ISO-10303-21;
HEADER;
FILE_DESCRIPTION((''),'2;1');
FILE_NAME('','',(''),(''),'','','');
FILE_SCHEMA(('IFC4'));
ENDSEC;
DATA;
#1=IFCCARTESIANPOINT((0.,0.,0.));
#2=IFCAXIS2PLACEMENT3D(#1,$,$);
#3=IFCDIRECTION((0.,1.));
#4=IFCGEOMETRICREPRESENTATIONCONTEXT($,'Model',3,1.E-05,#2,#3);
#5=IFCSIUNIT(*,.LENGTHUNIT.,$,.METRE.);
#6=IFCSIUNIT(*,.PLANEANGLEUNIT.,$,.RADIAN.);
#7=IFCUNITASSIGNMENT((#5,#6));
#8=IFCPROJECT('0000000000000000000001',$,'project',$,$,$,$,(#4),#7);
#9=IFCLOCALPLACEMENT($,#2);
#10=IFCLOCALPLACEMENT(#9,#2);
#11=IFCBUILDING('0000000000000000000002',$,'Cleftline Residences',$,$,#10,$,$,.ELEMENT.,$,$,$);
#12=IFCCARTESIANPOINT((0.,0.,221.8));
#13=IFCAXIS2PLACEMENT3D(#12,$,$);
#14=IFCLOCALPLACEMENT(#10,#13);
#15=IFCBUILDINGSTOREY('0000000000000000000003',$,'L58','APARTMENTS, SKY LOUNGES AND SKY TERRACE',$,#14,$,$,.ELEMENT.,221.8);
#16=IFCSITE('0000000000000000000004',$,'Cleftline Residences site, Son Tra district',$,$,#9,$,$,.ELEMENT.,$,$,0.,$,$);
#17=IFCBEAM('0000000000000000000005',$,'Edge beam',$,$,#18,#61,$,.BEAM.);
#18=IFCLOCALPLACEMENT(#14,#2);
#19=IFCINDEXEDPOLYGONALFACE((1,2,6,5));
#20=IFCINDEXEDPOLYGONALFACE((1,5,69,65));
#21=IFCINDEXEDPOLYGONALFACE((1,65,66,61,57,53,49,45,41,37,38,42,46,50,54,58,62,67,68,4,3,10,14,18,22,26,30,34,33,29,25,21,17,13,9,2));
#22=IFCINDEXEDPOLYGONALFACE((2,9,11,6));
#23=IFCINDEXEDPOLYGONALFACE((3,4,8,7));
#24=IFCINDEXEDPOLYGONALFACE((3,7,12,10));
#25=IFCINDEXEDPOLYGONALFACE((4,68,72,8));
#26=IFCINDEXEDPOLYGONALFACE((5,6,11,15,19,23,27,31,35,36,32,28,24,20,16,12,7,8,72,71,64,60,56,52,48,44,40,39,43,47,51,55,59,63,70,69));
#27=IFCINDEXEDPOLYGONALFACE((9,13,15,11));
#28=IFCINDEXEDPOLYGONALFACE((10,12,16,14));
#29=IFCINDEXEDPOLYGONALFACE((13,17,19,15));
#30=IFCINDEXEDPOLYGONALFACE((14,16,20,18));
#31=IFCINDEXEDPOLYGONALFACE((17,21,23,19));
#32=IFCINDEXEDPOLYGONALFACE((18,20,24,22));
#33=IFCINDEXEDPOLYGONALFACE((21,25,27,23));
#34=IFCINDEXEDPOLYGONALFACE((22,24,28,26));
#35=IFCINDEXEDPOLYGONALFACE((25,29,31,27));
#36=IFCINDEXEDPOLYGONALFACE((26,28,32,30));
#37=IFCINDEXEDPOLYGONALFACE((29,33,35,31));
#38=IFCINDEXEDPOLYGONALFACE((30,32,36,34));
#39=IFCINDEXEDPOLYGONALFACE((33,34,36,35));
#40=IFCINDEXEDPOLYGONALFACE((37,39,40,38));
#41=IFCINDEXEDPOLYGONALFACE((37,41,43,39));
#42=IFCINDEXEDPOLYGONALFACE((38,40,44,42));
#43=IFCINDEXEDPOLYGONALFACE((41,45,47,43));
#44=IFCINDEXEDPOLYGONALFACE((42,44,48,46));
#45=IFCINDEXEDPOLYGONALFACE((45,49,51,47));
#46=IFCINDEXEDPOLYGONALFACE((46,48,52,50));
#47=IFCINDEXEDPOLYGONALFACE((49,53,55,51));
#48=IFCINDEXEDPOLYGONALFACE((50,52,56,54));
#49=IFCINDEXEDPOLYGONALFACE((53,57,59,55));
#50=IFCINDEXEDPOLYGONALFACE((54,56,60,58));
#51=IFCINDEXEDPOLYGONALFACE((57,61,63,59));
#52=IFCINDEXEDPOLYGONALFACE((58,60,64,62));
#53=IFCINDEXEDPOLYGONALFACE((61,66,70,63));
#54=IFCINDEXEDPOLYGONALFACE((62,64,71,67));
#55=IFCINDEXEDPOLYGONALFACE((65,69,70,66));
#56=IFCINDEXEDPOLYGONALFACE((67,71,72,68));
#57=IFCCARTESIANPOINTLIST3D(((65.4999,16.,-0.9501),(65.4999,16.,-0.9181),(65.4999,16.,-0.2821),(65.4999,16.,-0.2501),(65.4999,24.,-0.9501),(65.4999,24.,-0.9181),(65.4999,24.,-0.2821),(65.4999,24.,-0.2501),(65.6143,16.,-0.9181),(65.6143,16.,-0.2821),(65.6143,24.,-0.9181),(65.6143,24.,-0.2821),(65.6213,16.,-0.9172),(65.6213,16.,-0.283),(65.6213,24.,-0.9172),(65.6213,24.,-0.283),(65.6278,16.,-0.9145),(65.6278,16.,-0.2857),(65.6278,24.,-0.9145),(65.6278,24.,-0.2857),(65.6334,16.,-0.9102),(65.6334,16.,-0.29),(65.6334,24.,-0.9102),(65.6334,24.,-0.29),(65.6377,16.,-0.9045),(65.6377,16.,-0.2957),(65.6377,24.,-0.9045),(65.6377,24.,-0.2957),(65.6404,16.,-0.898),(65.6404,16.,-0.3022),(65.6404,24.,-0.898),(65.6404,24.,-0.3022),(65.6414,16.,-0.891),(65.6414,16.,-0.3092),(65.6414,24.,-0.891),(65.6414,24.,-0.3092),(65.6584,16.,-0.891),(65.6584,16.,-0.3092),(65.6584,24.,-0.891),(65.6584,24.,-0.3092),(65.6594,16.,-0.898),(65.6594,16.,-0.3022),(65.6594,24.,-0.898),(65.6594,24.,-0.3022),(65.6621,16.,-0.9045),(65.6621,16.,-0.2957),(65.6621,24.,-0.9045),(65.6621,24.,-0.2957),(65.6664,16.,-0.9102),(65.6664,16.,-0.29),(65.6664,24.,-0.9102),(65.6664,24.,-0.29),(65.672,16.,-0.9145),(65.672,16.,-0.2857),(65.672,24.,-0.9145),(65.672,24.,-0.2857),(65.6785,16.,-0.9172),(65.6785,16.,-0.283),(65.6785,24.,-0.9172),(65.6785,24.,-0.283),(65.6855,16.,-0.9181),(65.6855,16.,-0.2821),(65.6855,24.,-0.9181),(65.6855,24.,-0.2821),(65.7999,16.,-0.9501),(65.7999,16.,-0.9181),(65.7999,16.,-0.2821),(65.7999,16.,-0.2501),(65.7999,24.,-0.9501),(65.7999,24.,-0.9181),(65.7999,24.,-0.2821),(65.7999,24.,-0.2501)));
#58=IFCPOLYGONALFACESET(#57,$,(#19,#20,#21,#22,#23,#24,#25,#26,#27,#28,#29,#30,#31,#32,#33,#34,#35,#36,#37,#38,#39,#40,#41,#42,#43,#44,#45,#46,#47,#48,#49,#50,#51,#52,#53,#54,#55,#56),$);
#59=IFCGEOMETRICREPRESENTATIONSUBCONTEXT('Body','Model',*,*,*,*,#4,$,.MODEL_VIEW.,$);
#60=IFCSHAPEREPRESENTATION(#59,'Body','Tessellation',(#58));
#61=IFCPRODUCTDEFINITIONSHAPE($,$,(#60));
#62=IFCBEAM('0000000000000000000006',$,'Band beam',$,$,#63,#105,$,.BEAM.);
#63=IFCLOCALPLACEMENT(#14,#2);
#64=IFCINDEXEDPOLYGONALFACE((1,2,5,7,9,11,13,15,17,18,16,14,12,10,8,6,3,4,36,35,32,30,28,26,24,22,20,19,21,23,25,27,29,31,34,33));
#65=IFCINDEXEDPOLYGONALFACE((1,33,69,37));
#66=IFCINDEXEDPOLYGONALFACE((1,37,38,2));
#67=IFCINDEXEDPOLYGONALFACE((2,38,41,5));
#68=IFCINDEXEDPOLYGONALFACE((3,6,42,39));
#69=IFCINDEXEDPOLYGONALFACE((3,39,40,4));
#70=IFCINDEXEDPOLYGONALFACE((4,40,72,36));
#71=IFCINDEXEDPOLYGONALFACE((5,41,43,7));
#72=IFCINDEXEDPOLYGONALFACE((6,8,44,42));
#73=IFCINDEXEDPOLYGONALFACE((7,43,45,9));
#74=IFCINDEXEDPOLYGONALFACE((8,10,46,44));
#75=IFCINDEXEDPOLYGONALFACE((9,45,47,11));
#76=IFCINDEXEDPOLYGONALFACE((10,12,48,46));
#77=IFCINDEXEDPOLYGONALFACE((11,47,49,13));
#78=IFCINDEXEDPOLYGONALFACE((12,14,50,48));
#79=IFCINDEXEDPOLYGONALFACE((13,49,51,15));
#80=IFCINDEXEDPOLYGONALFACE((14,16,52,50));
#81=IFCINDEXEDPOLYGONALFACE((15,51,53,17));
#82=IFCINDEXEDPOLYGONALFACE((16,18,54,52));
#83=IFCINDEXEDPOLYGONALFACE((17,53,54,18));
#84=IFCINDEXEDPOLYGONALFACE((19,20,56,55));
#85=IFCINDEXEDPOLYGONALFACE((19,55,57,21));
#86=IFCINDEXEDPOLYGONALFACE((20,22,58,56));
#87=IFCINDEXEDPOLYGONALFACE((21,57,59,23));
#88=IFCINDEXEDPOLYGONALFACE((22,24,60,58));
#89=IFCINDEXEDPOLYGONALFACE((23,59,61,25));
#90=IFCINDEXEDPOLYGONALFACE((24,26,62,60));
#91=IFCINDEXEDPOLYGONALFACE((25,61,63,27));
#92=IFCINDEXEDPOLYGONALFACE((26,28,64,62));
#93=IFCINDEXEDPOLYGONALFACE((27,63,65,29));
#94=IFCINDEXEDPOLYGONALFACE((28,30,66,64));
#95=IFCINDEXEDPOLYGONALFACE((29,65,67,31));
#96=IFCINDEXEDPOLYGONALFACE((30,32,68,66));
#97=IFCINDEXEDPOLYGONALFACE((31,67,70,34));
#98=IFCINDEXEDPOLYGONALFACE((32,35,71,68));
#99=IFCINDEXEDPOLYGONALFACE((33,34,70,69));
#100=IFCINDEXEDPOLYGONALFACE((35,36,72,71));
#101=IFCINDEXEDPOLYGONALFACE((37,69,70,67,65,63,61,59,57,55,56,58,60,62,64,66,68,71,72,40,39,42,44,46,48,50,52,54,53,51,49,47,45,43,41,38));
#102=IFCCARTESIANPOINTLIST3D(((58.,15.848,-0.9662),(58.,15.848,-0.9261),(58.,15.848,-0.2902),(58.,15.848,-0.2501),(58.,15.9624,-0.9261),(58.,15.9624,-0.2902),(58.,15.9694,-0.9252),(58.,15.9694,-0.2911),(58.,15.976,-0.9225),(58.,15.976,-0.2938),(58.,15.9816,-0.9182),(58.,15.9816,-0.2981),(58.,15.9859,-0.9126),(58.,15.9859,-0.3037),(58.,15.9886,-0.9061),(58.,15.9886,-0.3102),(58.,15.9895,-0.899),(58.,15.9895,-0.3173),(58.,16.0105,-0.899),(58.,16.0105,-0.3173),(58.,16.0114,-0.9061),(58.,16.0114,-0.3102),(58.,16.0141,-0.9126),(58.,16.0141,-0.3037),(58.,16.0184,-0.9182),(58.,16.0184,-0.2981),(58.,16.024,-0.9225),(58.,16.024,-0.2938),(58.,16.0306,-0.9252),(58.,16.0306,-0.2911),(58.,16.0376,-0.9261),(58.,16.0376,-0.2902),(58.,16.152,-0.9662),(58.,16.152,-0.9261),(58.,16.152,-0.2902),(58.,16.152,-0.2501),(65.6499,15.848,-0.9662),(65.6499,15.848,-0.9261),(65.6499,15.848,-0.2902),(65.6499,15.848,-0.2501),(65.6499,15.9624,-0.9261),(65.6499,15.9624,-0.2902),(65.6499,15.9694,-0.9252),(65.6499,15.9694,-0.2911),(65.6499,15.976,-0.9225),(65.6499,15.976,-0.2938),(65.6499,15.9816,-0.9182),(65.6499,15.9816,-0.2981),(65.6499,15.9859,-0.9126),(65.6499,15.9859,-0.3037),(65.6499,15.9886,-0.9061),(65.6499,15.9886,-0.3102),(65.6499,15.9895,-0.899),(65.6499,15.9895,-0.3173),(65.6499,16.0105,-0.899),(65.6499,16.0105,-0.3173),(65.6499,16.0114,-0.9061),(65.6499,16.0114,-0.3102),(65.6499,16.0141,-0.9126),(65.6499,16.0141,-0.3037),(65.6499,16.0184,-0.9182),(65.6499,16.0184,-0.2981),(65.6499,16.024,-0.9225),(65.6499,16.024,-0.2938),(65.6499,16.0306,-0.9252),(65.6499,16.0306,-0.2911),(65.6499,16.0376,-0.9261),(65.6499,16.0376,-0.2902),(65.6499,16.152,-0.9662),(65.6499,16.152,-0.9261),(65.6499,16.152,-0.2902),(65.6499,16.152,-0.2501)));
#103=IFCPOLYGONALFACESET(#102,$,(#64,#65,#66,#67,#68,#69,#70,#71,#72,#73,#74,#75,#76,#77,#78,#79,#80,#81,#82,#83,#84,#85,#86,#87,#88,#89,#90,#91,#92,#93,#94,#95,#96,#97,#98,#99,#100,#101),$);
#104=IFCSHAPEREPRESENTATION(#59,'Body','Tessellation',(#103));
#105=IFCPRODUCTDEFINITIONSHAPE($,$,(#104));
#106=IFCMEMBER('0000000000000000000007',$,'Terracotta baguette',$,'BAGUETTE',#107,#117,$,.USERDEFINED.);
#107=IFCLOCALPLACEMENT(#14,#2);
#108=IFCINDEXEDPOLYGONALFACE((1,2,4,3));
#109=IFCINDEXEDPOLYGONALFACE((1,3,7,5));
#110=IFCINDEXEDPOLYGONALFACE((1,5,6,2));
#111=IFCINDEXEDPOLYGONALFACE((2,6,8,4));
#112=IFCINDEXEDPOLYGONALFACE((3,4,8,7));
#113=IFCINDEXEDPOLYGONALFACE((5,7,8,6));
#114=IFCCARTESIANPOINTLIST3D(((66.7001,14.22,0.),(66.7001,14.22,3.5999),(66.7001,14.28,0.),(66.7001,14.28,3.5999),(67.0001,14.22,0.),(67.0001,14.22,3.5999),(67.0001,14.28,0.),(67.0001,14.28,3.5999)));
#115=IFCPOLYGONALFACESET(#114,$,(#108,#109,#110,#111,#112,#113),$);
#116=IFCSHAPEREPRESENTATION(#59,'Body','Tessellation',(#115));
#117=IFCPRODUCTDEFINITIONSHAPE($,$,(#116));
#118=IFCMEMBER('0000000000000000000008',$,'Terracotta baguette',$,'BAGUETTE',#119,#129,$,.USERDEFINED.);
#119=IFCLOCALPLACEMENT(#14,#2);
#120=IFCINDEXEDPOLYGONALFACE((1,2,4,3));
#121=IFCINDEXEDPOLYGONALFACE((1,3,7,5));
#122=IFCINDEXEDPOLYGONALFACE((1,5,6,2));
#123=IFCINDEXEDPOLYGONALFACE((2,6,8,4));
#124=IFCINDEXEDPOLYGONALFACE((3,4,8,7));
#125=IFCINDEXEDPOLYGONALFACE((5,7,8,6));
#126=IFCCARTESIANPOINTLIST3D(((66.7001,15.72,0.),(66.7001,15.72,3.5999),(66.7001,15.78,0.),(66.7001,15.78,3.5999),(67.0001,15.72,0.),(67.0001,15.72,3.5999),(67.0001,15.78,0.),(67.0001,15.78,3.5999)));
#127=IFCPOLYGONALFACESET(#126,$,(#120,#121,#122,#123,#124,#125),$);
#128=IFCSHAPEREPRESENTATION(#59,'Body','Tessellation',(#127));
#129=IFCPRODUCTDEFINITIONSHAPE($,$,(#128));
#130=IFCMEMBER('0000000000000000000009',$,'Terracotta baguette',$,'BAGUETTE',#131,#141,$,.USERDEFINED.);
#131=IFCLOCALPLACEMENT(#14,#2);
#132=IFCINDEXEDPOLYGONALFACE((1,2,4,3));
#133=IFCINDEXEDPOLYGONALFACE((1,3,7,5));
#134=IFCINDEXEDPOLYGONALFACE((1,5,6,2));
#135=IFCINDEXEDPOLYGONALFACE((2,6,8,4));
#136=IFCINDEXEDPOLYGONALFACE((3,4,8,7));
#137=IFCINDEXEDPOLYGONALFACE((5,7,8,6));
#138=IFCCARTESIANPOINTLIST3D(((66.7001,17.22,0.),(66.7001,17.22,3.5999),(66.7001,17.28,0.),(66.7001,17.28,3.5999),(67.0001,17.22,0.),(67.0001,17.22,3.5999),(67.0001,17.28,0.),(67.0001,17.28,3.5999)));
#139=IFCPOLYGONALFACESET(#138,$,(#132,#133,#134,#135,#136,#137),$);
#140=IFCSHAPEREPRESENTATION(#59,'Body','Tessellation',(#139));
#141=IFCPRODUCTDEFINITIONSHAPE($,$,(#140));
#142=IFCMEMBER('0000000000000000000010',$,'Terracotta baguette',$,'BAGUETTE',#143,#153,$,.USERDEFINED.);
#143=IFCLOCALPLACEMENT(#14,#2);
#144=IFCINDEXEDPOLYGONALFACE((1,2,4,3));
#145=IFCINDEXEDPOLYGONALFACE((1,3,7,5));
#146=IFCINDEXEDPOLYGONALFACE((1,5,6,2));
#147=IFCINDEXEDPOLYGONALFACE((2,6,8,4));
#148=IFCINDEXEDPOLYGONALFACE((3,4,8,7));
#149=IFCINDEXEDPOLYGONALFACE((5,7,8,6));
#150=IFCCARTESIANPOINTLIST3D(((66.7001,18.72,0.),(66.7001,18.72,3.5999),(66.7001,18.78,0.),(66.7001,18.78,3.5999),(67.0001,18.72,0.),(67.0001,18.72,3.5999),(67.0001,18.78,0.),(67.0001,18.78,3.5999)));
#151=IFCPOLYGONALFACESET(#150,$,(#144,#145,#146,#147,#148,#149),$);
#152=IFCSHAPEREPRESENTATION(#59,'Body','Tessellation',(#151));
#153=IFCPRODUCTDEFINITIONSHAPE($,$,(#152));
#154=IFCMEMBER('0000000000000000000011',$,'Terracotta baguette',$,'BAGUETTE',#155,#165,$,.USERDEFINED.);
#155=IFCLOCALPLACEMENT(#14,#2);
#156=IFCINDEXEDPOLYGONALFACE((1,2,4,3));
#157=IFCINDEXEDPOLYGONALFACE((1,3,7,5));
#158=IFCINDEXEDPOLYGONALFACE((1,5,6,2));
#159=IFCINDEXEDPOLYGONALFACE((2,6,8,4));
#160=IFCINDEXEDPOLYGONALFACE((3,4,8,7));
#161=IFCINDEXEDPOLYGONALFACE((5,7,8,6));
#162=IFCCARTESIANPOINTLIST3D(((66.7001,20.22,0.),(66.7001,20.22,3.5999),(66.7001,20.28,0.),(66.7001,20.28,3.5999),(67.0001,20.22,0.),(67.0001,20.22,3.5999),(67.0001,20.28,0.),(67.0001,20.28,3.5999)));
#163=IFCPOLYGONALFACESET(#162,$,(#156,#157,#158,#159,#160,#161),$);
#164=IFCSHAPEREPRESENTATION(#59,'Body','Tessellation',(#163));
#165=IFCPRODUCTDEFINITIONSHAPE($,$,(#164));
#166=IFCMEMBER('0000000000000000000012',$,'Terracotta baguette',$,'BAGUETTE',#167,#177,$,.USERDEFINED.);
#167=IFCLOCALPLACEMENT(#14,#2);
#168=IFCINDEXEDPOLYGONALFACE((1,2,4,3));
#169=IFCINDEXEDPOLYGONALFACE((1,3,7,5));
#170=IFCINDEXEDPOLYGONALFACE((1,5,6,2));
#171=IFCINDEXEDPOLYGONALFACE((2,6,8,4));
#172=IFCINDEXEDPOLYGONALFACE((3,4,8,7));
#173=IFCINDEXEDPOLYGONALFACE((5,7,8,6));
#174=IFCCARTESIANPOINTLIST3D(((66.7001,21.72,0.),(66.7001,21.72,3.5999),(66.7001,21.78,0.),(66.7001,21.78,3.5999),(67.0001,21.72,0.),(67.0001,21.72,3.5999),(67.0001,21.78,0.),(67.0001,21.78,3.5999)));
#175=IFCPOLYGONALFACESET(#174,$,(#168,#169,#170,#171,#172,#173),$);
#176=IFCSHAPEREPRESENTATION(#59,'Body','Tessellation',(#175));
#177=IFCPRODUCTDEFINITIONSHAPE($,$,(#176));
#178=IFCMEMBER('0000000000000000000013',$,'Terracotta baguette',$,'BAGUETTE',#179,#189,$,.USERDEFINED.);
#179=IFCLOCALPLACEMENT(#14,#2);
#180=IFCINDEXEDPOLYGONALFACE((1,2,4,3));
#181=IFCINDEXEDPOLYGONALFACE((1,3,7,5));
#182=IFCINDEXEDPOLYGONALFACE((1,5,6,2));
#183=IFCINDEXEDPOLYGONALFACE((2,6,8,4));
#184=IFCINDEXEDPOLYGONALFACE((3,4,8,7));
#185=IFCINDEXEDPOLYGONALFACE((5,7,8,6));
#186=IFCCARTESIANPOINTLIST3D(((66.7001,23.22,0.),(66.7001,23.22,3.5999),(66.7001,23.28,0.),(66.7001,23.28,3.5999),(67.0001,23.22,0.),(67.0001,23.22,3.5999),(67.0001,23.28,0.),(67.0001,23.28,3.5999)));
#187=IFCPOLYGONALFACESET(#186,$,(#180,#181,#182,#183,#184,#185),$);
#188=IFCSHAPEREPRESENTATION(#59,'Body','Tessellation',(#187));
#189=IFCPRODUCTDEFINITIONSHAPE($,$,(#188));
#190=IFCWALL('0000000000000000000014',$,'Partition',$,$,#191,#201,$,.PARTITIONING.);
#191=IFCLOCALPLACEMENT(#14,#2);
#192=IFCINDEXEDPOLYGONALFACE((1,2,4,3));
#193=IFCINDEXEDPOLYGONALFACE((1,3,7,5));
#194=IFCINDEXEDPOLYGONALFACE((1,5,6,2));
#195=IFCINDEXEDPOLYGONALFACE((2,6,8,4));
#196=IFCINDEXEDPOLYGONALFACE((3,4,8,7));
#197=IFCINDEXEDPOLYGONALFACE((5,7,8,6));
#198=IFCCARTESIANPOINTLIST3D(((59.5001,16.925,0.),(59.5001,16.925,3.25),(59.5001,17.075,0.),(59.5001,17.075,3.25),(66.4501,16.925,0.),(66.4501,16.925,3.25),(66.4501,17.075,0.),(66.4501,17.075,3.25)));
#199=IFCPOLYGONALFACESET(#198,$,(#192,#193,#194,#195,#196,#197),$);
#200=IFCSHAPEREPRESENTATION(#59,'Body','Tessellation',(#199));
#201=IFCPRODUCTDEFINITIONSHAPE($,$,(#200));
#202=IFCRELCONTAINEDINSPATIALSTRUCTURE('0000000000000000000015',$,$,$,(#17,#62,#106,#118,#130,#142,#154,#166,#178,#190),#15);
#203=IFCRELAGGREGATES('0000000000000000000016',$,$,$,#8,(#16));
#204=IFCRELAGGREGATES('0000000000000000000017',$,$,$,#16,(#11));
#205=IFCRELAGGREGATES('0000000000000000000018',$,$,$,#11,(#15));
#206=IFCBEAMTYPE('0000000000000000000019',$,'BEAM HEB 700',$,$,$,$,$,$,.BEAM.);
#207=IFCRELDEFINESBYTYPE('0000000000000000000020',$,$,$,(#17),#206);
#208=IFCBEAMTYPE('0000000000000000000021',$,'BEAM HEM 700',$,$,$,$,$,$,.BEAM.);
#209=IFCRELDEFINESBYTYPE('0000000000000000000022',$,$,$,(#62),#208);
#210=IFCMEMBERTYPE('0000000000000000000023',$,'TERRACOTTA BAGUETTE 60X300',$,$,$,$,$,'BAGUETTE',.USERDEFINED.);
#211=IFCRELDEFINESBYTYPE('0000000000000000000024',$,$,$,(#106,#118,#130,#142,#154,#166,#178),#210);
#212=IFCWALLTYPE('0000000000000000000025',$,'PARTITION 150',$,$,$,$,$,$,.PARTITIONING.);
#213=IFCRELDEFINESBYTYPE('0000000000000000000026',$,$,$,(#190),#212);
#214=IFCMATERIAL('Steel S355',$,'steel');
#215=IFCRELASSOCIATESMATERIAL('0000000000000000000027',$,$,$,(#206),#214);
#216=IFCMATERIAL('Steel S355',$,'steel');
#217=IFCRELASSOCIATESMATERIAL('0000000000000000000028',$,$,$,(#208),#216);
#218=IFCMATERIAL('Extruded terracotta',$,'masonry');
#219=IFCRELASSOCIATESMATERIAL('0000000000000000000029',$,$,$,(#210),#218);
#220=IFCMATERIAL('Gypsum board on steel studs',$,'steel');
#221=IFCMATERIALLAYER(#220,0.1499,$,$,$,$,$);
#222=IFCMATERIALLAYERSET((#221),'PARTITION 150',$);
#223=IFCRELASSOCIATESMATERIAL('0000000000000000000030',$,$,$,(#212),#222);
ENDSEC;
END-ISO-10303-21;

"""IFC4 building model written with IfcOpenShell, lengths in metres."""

from ifc_helpers import new_model, si_unit, direction, frame, frame_2d, origin, origin_2d, place, context, subcontext, project, spatial, rectangle, i_section, extrude, material, layer, layer_set, material_profile, profile_set, type_object, element, save


model = new_model("IFC4")

# Units and contexts
model_context = context("Model", 3, precision=1e-05, world=origin(), true_north=direction((0.0, 1.0)))
body_context = subcontext(model_context, "Body", "Model", "MODEL_VIEW")
ifc_project = project(units=[si_unit("LENGTHUNIT", "METRE"), si_unit("PLANEANGLEUNIT", "RADIAN")], contexts=[model_context])

# Site, building, storey
site_placement = place(None, origin())
site = spatial("IfcSite", under=ifc_project, at=site_placement, Name="Cleftline Residences site, Son Tra district", CompositionType="ELEMENT", RefElevation=0.0)
building_placement = place(site_placement, origin())
building = spatial("IfcBuilding", under=site, at=building_placement, Name="Cleftline Residences", CompositionType="ELEMENT")
storey_placement = place(building_placement, frame((0.0, 0.0, 221.8)))
storey = spatial("IfcBuildingStorey", under=building, at=storey_placement, Name="L58", Description="APARTMENTS, SKY LOUNGES AND SKY TERRACE", CompositionType="ELEMENT", Elevation=221.8)

# Beams
ifc_material_1 = material(Name="Steel S355", Category="steel")
ifc_material_profile_1 = material_profile(ifc_material_1, i_section(OverallWidth=0.3, OverallDepth=0.7, WebThickness=0.0171, FlangeThickness=0.032, FilletRadius=0.0271, at=origin_2d()))
ifc_profile_set_1 = profile_set([ifc_material_profile_1], Name="Steel S355")
beam_type_1 = type_object("IfcBeamType", Name="BEAM HEB 700", PredefinedType="BEAM", material=ifc_profile_set_1)
beam_1_placement = place(storey_placement, frame((65.6499, 16.0, -0.6001), z_axis=(0.0, 1.0, 0.0), x_axis=(-1.0, 0.0, 0.0)))
element("IfcBeam", 1, at=beam_1_placement, inside=storey, type_object=beam_type_1, Name="Edge beam", PredefinedType="BEAM", context=body_context, shape_type="SweptSolid", body=[
    extrude(i_section(OverallWidth=0.3, OverallDepth=0.7, WebThickness=0.0171, FlangeThickness=0.032, FilletRadius=0.0271, at=origin_2d()), origin(), (0.0, 0.0, 1.0), 8.0),
])
ifc_material_2 = material(Name="Steel S355", Category="steel")
ifc_material_profile_2 = material_profile(ifc_material_2, i_section(OverallWidth=0.304, OverallDepth=0.7161, WebThickness=0.021, FlangeThickness=0.04, FilletRadius=0.0271, at=origin_2d()))
ifc_profile_set_2 = profile_set([ifc_material_profile_2], Name="Steel S355")
beam_type_2 = type_object("IfcBeamType", Name="BEAM HEM 700", PredefinedType="BEAM", material=ifc_profile_set_2)
beam_2_placement = place(storey_placement, frame((65.6499, 16.0, -0.6082), z_axis=(-1.0, 0.0, 0.0), x_axis=(0.0, -1.0, 0.0)))
element("IfcBeam", 2, at=beam_2_placement, inside=storey, type_object=beam_type_2, Name="Band beam", PredefinedType="BEAM", context=body_context, shape_type="SweptSolid", body=[
    extrude(i_section(OverallWidth=0.304, OverallDepth=0.7161, WebThickness=0.021, FlangeThickness=0.04, FilletRadius=0.0271, at=origin_2d()), origin(), (0.0, 0.0, 1.0), 7.6499),
])

# Members
ifc_material_3 = material(Name="Extruded terracotta", Category="masonry")
ifc_material_profile_3 = material_profile(ifc_material_3, rectangle(XDim=0.0601, YDim=0.3, at=origin_2d()))
ifc_profile_set_3 = profile_set([ifc_material_profile_3], Name="Extruded terracotta")
member_type_1 = type_object("IfcMemberType", Name="TERRACOTTA BAGUETTE 60X300", ElementType="BAGUETTE", PredefinedType="USERDEFINED", material=ifc_profile_set_3)
for number, where, z_axis, x_axis, name in (
    (3, (66.8501, 14.25, 0.0), (0.0, 0.0, 1.0), (0.0, 1.0, 0.0), "Terracotta baguette"),
    (4, (66.8501, 15.75, 0.0), (0.0, 0.0, 1.0), (0.0, 1.0, 0.0), "Terracotta baguette"),
    (5, (66.8501, 17.25, 0.0), (0.0, 0.0, 1.0), (0.0, 1.0, 0.0), "Terracotta baguette"),
    (6, (66.8501, 18.75, 0.0), (0.0, 0.0, 1.0), (0.0, 1.0, 0.0), "Terracotta baguette"),
    (7, (66.8501, 20.25, 0.0), (0.0, 0.0, 1.0), (0.0, 1.0, 0.0), "Terracotta baguette"),
    (8, (66.8501, 21.75, 0.0), (0.0, 0.0, 1.0), (0.0, 1.0, 0.0), "Terracotta baguette"),
    (9, (66.8501, 23.25, 0.0), (0.0, 0.0, 1.0), (0.0, 1.0, 0.0), "Terracotta baguette"),
):
    element("IfcMember", number, at=place(storey_placement, frame(where, z_axis=z_axis, x_axis=x_axis)), inside=storey, type_object=member_type_1, Name=name, ObjectType="BAGUETTE", PredefinedType="USERDEFINED", context=body_context, shape_type="SweptSolid", body=[
        extrude(rectangle(XDim=0.0601, YDim=0.3, at=origin_2d()), origin(), (0.0, 0.0, 1.0), 3.5999),
    ])

# Wall
ifc_material_4 = material(Name="Gypsum board on steel studs", Category="steel")
ifc_layer_1 = layer(ifc_material_4, 0.1499)
ifc_layer_set_1 = layer_set([ifc_layer_1], Name="PARTITION 150")
wall_type_1 = type_object("IfcWallType", Name="PARTITION 150", PredefinedType="PARTITIONING", material=ifc_layer_set_1)
wall_1_placement = place(storey_placement, frame((59.5, 17.0, 0.0), z_axis=(0.0, 0.0, 1.0), x_axis=(1.0, 0.0, 0.0)))
element("IfcWall", 10, at=wall_1_placement, inside=storey, type_object=wall_type_1, Name="Partition", PredefinedType="PARTITIONING", context=body_context, shape_type="SweptSolid", body=[
    extrude(rectangle(XDim=6.95, YDim=0.1499, at=frame_2d((3.4751, 0.0))), origin(), (0.0, 0.0, 1.0), 3.25),
])

save(model, "model.ifc")
